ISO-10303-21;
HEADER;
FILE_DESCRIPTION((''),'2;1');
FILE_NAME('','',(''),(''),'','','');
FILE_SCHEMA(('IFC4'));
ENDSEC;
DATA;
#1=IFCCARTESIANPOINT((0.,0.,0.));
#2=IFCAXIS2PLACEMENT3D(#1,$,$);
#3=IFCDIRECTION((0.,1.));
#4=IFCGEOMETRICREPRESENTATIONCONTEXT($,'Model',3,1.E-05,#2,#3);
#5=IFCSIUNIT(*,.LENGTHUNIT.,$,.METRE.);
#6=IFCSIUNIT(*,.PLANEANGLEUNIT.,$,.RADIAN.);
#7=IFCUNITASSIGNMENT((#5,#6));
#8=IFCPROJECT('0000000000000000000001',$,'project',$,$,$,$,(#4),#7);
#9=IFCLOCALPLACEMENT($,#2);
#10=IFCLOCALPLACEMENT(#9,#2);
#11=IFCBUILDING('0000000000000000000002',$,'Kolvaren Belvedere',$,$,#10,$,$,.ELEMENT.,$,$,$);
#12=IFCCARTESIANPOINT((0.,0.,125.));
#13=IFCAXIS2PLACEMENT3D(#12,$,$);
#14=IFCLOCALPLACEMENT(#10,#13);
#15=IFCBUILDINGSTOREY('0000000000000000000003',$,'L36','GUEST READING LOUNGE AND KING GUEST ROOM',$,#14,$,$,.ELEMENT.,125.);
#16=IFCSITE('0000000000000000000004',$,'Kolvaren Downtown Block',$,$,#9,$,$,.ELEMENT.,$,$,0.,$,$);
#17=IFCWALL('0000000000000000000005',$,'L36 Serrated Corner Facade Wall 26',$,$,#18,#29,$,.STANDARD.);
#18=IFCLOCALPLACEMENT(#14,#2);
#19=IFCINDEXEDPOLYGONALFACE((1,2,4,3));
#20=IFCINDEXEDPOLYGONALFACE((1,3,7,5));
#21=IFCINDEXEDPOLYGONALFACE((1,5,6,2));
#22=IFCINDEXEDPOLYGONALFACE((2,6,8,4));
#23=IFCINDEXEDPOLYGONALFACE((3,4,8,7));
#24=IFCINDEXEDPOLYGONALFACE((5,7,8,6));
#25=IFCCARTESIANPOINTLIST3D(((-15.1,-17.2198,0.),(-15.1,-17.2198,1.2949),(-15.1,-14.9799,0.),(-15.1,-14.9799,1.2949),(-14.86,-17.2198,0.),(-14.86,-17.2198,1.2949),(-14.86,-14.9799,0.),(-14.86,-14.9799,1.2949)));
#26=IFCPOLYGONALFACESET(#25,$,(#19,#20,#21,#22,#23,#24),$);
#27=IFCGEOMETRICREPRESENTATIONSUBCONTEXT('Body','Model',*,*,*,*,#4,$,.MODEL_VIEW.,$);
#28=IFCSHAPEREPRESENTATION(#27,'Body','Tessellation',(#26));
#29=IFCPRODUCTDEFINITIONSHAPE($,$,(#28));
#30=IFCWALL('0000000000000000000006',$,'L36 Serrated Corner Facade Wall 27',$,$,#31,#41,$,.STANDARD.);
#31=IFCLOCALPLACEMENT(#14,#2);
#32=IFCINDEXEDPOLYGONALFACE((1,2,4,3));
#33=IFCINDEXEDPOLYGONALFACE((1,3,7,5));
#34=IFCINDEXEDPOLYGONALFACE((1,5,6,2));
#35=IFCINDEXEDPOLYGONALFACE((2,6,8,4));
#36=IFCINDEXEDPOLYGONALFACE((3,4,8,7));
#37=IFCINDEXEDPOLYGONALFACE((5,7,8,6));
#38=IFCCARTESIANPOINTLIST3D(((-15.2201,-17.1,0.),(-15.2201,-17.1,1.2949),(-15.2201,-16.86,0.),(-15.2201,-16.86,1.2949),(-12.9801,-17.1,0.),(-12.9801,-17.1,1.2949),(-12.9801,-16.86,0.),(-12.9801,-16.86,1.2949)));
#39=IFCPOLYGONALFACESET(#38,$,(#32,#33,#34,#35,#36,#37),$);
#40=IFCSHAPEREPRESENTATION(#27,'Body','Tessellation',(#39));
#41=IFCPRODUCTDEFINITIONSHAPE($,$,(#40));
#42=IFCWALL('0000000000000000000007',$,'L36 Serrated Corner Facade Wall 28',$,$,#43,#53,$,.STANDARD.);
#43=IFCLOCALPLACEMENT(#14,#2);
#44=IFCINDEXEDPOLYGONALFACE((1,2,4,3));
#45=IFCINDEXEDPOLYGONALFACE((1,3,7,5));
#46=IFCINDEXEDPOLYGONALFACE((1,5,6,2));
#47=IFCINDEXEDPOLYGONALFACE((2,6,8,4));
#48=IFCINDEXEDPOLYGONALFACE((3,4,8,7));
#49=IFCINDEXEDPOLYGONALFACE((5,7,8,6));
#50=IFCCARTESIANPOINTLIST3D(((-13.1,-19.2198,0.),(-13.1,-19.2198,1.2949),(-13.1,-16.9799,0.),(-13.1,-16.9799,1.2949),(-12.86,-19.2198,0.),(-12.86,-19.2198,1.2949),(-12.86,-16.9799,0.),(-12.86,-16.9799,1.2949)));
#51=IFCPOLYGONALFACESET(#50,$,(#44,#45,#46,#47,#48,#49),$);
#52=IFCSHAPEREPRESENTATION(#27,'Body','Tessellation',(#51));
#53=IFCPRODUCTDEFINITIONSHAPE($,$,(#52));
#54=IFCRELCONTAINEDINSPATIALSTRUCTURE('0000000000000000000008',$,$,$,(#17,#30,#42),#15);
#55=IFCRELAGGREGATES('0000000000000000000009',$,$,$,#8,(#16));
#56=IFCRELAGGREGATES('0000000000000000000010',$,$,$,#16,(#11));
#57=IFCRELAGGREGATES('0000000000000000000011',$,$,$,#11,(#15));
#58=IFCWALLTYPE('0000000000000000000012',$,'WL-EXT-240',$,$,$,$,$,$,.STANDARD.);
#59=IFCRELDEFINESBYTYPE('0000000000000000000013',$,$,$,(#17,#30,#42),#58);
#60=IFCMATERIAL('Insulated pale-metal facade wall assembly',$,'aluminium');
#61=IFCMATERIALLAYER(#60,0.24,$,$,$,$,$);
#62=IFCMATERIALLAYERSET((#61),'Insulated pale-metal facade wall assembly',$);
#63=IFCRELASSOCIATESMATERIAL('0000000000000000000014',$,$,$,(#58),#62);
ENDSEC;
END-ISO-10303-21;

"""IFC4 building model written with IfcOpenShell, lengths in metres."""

from ifc_helpers import new_model, si_unit, direction, frame, frame_2d, origin, place, context, subcontext, project, spatial, rectangle, extrude, material, layer, layer_set, type_object, element, save


model = new_model("IFC4")

# Units and contexts
model_context = context("Model", 3, precision=1e-05, world=origin(), true_north=direction((0.0, 1.0)))
body_context = subcontext(model_context, "Body", "Model", "MODEL_VIEW")
ifc_project = project(units=[si_unit("LENGTHUNIT", "METRE"), si_unit("PLANEANGLEUNIT", "RADIAN")], contexts=[model_context])

# Site, building, storey
site_placement = place(None, origin())
site = spatial("IfcSite", under=ifc_project, at=site_placement, Name="Kolvaren Downtown Block", CompositionType="ELEMENT", RefElevation=0.0)
building_placement = place(site_placement, origin())
building = spatial("IfcBuilding", under=site, at=building_placement, Name="Kolvaren Belvedere", CompositionType="ELEMENT")
storey_placement = place(building_placement, frame((0.0, 0.0, 125.0)))
storey = spatial("IfcBuildingStorey", under=building, at=storey_placement, Name="L36", Description="GUEST READING LOUNGE AND KING GUEST ROOM", CompositionType="ELEMENT", Elevation=125.0)

# Walls
ifc_material_1 = material(Name="Insulated pale-metal facade wall assembly", Category="aluminium")
ifc_layer_1 = layer(ifc_material_1, 0.24)
ifc_layer_set_1 = layer_set([ifc_layer_1], Name="Insulated pale-metal facade wall assembly")
wall_type_1 = type_object("IfcWallType", Name="WL-EXT-240", PredefinedType="STANDARD", material=ifc_layer_set_1)
for number, where, z_axis, x_axis, name in (
    (1, (-14.98, -17.22, 0.0), (0.0, 0.0, 1.0), (0.0, 1.0, 0.0), "L36 Serrated Corner Facade Wall 26"),
    (2, (-12.98, -16.98, 0.0), (0.0, 0.0, 1.0), (-1.0, 0.0, 0.0), "L36 Serrated Corner Facade Wall 27"),
    (3, (-12.98, -19.22, 0.0), (0.0, 0.0, 1.0), (0.0, 1.0, 0.0), "L36 Serrated Corner Facade Wall 28"),
):
    element("IfcWall", number, at=place(storey_placement, frame(where, z_axis=z_axis, x_axis=x_axis)), inside=storey, type_object=wall_type_1, Name=name, PredefinedType="STANDARD", context=body_context, shape_type="SweptSolid", body=[
        extrude(rectangle(XDim=2.24, YDim=0.24, at=frame_2d((1.1201, 0.0))), origin(), (0.0, 0.0, 1.0), 1.2949),
    ])

save(model, "model.ifc")
